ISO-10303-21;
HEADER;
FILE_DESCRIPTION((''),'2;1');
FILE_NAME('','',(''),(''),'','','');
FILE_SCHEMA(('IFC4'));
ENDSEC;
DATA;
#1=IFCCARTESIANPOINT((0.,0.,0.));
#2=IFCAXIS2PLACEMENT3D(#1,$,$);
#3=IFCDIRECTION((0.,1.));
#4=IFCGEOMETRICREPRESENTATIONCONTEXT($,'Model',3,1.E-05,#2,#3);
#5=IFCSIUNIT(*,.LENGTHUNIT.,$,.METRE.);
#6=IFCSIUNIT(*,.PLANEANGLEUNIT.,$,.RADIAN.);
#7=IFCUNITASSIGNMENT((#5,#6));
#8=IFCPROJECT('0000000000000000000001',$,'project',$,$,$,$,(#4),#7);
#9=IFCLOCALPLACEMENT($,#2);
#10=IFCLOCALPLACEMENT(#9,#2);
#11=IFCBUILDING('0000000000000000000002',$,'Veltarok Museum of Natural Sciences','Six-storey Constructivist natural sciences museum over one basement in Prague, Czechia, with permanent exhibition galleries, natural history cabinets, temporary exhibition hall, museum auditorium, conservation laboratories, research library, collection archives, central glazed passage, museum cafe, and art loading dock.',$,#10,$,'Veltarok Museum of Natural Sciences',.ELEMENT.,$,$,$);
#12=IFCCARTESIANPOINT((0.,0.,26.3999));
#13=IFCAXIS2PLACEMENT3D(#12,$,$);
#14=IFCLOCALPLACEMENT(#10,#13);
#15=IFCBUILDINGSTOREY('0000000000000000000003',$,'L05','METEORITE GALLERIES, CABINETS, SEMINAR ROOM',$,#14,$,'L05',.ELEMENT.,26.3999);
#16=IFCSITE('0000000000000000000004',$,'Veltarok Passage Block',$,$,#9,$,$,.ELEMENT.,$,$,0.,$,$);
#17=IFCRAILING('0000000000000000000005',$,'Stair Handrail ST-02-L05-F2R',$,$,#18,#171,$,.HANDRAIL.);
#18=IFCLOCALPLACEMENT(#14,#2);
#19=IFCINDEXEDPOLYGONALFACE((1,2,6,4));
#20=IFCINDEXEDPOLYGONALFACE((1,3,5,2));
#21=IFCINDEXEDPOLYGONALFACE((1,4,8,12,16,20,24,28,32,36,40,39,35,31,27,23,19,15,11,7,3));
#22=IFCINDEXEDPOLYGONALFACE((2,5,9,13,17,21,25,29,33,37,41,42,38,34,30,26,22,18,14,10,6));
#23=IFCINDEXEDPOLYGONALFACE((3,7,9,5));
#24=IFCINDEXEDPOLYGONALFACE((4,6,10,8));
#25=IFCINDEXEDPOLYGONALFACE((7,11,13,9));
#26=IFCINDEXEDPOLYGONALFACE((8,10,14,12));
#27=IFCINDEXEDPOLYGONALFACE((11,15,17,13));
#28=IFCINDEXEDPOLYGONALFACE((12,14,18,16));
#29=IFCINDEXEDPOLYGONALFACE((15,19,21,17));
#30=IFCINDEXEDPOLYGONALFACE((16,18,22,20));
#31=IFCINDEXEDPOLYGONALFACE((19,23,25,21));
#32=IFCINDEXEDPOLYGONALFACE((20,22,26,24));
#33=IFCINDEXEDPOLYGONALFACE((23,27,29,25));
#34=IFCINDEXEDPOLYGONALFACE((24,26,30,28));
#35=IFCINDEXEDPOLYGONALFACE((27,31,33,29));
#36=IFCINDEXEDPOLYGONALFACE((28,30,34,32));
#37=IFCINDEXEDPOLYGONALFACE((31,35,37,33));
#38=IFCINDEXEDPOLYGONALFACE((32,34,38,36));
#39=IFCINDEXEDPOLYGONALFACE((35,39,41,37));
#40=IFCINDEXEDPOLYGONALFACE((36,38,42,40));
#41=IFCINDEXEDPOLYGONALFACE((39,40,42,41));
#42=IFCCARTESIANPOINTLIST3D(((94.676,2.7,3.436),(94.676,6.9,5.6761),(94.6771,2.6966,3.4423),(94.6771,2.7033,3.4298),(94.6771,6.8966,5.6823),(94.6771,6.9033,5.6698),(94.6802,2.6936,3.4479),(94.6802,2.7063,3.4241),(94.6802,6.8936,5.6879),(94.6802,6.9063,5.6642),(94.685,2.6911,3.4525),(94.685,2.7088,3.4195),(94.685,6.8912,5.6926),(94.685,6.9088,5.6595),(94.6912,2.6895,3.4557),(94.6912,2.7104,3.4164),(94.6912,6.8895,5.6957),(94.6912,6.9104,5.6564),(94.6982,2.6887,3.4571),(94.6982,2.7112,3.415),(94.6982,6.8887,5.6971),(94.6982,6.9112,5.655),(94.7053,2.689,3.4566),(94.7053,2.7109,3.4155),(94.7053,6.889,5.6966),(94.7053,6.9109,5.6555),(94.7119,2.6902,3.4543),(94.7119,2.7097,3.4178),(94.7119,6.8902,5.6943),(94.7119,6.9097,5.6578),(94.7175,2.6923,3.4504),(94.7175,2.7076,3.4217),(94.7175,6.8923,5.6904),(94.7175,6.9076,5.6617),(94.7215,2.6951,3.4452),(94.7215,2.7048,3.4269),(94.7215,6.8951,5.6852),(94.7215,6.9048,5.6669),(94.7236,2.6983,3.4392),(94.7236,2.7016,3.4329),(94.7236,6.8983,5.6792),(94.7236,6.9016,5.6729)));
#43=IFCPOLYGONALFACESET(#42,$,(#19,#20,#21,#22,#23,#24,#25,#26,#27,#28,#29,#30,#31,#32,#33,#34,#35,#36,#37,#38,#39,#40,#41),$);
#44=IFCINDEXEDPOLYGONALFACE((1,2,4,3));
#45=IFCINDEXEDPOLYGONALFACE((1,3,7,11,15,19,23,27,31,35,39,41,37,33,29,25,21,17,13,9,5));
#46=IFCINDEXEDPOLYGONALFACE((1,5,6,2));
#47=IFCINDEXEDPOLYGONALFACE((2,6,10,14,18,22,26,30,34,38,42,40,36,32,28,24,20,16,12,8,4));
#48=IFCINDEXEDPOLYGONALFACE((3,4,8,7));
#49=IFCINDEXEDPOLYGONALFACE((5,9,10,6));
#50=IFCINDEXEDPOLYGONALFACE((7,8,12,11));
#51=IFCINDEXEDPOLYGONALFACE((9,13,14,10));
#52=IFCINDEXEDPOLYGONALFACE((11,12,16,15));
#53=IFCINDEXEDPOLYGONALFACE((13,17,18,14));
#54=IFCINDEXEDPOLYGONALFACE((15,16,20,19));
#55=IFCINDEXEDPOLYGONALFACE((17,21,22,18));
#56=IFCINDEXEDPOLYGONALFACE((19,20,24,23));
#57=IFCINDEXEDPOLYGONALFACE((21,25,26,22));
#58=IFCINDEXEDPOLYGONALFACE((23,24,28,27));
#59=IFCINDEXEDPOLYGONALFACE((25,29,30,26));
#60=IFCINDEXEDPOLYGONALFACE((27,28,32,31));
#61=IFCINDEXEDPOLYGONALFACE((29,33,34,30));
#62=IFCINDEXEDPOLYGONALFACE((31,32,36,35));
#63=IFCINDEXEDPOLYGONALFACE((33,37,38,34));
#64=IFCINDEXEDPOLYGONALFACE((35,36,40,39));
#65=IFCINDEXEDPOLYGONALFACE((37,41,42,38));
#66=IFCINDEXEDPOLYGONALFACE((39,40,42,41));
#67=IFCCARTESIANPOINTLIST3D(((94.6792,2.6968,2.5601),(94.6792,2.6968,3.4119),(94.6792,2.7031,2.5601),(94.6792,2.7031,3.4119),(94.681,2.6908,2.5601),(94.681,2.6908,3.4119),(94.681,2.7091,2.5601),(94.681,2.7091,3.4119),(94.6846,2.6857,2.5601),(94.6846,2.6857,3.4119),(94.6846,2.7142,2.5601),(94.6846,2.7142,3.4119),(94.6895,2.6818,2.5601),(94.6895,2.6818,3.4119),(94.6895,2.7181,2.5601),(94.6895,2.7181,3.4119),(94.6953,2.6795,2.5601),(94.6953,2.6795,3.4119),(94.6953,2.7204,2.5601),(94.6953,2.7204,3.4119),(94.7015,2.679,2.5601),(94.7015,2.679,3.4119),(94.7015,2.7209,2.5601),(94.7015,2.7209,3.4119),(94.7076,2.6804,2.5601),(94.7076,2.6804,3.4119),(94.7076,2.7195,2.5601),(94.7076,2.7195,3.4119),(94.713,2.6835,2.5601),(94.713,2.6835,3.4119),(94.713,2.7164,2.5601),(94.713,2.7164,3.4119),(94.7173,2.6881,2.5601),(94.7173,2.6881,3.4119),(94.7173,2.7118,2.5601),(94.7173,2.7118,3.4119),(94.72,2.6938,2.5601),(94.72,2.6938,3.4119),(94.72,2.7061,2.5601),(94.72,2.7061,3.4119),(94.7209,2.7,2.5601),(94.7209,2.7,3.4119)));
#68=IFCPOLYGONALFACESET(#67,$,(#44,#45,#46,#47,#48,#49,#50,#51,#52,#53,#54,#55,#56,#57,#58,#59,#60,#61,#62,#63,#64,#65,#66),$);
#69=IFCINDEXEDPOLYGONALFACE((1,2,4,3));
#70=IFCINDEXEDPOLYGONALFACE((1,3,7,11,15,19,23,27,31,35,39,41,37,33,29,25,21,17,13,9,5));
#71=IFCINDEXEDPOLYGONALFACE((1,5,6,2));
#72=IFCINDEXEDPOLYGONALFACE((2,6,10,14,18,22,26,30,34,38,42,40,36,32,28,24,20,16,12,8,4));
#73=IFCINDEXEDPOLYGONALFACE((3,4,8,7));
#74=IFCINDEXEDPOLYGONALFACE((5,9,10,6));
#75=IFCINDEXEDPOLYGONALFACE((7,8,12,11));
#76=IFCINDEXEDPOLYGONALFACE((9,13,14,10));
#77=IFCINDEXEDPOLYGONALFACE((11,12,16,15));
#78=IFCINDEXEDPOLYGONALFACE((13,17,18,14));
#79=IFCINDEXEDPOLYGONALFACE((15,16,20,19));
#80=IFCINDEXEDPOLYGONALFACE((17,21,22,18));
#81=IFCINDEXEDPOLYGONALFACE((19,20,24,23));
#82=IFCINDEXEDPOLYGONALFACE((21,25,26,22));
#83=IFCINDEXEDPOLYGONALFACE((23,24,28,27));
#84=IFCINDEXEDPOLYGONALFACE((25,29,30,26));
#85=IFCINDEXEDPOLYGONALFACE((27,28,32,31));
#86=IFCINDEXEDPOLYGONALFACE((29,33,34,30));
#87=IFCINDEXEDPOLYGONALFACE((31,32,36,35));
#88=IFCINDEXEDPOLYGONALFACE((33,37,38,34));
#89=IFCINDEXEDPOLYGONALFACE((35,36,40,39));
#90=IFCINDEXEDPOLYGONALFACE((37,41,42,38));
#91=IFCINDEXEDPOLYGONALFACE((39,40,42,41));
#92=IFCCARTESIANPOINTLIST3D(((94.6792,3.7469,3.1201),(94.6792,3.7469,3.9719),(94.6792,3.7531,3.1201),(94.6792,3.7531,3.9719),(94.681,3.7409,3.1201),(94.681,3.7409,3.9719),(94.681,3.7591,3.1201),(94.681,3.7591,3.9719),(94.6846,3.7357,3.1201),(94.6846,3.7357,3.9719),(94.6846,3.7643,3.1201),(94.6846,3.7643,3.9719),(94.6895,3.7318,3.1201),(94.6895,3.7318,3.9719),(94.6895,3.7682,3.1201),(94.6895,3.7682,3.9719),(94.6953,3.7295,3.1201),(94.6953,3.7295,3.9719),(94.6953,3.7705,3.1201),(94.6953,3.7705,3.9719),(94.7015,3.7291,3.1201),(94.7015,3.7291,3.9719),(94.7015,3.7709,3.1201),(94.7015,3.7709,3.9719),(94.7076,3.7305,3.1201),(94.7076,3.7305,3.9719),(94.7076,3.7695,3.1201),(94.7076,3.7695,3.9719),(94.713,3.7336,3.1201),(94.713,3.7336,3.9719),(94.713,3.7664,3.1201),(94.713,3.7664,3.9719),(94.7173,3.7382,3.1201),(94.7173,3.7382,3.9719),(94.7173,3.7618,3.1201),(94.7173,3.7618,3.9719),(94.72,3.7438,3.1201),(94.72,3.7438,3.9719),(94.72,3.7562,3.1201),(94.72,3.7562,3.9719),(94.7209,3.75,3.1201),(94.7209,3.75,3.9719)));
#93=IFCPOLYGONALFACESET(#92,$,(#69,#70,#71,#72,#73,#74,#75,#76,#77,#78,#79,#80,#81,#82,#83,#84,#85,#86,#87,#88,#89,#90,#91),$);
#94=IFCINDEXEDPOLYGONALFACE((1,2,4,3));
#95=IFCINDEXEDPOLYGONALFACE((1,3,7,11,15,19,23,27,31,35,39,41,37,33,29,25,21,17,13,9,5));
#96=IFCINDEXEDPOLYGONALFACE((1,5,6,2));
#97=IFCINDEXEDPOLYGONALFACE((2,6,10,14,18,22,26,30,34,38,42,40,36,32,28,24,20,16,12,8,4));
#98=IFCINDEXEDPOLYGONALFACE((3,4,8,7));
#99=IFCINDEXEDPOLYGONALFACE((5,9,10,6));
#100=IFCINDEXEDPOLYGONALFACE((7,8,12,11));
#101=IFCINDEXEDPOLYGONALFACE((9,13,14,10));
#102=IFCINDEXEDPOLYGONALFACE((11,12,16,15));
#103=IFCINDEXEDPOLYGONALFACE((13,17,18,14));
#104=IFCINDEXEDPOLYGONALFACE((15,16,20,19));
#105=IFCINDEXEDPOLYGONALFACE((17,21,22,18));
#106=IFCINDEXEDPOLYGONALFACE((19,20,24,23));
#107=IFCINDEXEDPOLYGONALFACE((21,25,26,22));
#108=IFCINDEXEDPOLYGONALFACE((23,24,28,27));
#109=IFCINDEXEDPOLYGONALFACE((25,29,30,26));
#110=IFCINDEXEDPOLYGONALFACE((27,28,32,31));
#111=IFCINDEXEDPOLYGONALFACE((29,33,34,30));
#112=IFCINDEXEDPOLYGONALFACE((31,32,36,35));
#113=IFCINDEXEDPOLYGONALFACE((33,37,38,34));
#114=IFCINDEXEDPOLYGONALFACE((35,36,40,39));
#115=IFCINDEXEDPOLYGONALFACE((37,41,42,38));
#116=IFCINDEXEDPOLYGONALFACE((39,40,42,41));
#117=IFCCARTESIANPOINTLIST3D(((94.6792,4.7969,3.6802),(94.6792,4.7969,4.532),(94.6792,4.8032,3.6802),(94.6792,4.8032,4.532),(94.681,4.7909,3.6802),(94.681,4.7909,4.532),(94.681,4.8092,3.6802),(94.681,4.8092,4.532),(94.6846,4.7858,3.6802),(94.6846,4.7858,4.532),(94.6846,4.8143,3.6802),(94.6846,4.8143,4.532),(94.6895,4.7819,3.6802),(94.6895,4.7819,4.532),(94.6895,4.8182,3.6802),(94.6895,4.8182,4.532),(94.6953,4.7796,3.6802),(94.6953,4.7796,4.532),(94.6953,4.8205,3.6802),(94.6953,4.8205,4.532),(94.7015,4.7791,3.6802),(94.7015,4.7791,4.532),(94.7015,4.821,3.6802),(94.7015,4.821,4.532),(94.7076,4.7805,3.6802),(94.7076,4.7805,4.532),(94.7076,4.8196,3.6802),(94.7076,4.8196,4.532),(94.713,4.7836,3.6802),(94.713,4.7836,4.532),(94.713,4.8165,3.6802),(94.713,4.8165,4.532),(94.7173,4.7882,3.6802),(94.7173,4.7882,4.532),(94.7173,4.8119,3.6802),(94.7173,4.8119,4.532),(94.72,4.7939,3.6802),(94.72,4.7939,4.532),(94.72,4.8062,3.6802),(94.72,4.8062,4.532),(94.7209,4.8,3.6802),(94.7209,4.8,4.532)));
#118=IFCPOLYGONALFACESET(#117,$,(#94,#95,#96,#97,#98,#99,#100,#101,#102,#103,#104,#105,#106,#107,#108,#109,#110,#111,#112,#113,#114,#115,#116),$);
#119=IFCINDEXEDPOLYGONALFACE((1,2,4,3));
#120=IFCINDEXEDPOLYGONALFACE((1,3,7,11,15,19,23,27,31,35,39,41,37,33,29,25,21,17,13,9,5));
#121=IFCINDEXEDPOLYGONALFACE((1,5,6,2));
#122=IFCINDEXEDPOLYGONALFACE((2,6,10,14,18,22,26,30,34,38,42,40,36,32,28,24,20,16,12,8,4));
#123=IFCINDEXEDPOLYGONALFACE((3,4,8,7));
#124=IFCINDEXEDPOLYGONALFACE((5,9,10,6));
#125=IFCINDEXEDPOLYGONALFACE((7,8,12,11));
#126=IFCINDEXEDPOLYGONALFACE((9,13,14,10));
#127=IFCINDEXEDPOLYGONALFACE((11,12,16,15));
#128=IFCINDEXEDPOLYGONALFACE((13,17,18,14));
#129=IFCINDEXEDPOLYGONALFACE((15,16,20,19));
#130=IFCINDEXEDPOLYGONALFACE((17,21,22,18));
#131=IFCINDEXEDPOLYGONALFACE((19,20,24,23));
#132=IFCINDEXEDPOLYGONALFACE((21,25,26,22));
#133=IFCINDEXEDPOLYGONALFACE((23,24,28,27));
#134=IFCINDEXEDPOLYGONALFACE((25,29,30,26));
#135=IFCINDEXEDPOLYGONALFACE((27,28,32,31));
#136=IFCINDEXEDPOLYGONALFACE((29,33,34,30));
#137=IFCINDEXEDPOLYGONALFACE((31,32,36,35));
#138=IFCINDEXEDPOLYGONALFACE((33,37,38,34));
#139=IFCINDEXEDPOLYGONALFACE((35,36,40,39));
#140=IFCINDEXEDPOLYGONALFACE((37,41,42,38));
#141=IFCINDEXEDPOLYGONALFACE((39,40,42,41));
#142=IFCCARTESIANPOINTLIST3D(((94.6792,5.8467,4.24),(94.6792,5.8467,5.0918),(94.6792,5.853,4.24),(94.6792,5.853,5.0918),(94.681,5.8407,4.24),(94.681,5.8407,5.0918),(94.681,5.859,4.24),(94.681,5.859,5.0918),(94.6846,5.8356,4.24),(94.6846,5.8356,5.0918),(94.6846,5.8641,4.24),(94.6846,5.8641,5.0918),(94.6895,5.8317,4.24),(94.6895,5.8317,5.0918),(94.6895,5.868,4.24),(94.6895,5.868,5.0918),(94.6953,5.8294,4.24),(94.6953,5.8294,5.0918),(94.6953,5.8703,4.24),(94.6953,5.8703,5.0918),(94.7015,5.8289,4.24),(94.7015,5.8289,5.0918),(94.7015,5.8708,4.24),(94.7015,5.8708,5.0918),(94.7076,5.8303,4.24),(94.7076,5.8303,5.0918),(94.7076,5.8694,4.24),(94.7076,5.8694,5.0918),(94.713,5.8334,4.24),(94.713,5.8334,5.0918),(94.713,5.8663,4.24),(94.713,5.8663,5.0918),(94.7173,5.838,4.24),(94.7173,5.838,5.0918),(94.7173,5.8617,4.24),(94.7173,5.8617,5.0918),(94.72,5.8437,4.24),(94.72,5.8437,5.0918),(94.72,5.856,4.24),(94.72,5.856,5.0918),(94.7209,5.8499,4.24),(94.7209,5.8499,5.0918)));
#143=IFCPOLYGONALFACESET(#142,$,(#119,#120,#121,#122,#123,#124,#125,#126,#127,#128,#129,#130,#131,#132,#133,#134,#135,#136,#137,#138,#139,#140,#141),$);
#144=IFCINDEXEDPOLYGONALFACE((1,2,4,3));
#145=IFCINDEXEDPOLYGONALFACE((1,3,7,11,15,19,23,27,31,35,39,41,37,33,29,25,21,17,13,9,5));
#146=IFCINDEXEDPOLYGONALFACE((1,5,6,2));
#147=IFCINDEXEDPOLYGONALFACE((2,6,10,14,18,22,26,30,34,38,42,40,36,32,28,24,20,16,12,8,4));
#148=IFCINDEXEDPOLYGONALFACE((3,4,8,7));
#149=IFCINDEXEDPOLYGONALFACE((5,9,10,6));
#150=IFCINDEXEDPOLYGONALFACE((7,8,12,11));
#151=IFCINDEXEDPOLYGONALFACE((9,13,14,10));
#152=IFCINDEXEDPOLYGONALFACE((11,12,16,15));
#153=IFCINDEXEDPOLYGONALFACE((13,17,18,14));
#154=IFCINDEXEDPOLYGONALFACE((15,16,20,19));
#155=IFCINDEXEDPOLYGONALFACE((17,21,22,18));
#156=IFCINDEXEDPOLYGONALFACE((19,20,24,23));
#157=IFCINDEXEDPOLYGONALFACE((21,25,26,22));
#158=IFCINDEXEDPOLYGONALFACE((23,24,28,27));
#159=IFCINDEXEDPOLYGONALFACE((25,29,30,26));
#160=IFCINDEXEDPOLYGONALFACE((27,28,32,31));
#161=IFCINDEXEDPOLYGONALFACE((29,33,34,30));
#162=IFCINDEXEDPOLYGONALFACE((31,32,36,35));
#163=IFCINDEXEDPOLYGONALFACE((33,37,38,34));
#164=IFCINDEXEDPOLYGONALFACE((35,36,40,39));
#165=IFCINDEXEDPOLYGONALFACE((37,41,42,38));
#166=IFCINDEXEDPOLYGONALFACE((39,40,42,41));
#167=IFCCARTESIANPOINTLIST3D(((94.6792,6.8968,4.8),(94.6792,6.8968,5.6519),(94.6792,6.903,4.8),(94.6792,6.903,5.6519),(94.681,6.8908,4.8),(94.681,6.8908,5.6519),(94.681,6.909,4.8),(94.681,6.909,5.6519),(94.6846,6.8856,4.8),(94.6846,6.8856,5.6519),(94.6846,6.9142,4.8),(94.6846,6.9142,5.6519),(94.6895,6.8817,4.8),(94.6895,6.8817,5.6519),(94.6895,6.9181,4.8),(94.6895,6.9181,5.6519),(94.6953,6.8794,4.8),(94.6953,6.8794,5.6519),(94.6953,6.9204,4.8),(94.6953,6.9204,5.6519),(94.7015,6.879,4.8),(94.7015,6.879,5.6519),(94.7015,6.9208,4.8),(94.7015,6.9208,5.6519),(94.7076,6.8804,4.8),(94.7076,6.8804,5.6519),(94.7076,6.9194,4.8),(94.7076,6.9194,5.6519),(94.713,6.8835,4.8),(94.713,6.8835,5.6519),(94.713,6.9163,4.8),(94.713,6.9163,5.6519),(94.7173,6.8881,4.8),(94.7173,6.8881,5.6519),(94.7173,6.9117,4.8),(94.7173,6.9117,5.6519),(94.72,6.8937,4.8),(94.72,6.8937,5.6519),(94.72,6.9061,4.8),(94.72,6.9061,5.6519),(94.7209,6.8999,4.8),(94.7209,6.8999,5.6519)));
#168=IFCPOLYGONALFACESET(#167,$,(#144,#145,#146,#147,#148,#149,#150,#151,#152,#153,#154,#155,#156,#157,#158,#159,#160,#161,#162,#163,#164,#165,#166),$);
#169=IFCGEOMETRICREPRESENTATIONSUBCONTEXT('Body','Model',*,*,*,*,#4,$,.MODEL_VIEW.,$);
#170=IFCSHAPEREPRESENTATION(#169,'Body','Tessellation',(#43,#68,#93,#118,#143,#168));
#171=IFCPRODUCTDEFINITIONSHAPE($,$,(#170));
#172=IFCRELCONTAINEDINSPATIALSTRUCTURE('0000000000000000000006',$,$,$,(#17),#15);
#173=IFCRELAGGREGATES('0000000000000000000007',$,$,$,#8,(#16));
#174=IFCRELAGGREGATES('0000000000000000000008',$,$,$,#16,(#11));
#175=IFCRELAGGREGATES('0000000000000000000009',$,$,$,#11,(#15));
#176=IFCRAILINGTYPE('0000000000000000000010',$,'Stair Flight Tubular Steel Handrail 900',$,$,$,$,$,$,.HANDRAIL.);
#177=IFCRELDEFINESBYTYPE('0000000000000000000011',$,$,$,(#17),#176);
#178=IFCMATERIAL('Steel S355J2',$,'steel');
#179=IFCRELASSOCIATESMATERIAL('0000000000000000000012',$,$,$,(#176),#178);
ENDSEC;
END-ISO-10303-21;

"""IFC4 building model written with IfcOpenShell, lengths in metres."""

from ifc_helpers import new_model, si_unit, direction, frame, origin, origin_2d, place, context, subcontext, project, spatial, circle, extrude, material, type_object, element, save


model = new_model("IFC4")

# Units and contexts
model_context = context("Model", 3, precision=1e-05, world=origin(), true_north=direction((0.0, 1.0)))
body_context = subcontext(model_context, "Body", "Model", "MODEL_VIEW")
ifc_project = project(units=[si_unit("LENGTHUNIT", "METRE"), si_unit("PLANEANGLEUNIT", "RADIAN")], contexts=[model_context])

# Site, building, storey
site_placement = place(None, origin())
site = spatial("IfcSite", under=ifc_project, at=site_placement, Name="Veltarok Passage Block", CompositionType="ELEMENT", RefElevation=0.0)
building_placement = place(site_placement, origin())
building = spatial("IfcBuilding", under=site, at=building_placement, Name="Veltarok Museum of Natural Sciences", Description="Six-storey Constructivist natural sciences museum over one basement in Prague, Czechia, with permanent exhibition galleries, natural history cabinets, temporary exhibition hall, museum auditorium, conservation laboratories, research library, collection archives, central glazed passage, museum cafe, and art loading dock.", LongName="Veltarok Museum of Natural Sciences", CompositionType="ELEMENT")
storey_placement = place(building_placement, frame((0.0, 0.0, 26.3999)))
storey = spatial("IfcBuildingStorey", under=building, at=storey_placement, Name="L05", Description="METEORITE GALLERIES, CABINETS, SEMINAR ROOM", LongName="L05", CompositionType="ELEMENT", Elevation=26.3999)

# Shared definitions
ifc_material_1 = material(Name="Steel S355J2", Category="steel")

# Railing
railing_type = type_object("IfcRailingType", Name="Stair Flight Tubular Steel Handrail 900", PredefinedType="HANDRAIL", material=ifc_material_1)
railing_placement = place(storey_placement, frame((94.7, 2.7, 2.5601)))
element("IfcRailing", 1, at=railing_placement, inside=storey, type_object=railing_type, Name="Stair Handrail ST-02-L05-F2R", PredefinedType="HANDRAIL", context=body_context, shape_type="SweptSolid", body=[
    extrude(circle(Radius=0.0239, at=origin_2d()), frame((0.0, 0.0, 0.876), z_axis=(0.0, 0.882352, 0.470591), x_axis=(-1.0, 0.0, 0.0)), (0.0, 0.0, 1.0), 4.76),
    extrude(circle(Radius=0.021, at=origin_2d()), origin(), (0.0, 0.0, 1.0), 0.8518),
    extrude(circle(Radius=0.021, at=origin_2d()), frame((0.0, 1.05, 0.5601)), (0.0, 0.0, 1.0), 0.8518),
    extrude(circle(Radius=0.021, at=origin_2d()), frame((0.0, 2.1001, 1.1201)), (0.0, 0.0, 1.0), 0.8518),
    extrude(circle(Radius=0.021, at=origin_2d()), frame((0.0, 3.1499, 1.6799)), (0.0, 0.0, 1.0), 0.8518),
    extrude(circle(Radius=0.021, at=origin_2d()), frame((0.0, 4.2, 2.24)), (0.0, 0.0, 1.0), 0.8518),
])

save(model, "model.ifc")
